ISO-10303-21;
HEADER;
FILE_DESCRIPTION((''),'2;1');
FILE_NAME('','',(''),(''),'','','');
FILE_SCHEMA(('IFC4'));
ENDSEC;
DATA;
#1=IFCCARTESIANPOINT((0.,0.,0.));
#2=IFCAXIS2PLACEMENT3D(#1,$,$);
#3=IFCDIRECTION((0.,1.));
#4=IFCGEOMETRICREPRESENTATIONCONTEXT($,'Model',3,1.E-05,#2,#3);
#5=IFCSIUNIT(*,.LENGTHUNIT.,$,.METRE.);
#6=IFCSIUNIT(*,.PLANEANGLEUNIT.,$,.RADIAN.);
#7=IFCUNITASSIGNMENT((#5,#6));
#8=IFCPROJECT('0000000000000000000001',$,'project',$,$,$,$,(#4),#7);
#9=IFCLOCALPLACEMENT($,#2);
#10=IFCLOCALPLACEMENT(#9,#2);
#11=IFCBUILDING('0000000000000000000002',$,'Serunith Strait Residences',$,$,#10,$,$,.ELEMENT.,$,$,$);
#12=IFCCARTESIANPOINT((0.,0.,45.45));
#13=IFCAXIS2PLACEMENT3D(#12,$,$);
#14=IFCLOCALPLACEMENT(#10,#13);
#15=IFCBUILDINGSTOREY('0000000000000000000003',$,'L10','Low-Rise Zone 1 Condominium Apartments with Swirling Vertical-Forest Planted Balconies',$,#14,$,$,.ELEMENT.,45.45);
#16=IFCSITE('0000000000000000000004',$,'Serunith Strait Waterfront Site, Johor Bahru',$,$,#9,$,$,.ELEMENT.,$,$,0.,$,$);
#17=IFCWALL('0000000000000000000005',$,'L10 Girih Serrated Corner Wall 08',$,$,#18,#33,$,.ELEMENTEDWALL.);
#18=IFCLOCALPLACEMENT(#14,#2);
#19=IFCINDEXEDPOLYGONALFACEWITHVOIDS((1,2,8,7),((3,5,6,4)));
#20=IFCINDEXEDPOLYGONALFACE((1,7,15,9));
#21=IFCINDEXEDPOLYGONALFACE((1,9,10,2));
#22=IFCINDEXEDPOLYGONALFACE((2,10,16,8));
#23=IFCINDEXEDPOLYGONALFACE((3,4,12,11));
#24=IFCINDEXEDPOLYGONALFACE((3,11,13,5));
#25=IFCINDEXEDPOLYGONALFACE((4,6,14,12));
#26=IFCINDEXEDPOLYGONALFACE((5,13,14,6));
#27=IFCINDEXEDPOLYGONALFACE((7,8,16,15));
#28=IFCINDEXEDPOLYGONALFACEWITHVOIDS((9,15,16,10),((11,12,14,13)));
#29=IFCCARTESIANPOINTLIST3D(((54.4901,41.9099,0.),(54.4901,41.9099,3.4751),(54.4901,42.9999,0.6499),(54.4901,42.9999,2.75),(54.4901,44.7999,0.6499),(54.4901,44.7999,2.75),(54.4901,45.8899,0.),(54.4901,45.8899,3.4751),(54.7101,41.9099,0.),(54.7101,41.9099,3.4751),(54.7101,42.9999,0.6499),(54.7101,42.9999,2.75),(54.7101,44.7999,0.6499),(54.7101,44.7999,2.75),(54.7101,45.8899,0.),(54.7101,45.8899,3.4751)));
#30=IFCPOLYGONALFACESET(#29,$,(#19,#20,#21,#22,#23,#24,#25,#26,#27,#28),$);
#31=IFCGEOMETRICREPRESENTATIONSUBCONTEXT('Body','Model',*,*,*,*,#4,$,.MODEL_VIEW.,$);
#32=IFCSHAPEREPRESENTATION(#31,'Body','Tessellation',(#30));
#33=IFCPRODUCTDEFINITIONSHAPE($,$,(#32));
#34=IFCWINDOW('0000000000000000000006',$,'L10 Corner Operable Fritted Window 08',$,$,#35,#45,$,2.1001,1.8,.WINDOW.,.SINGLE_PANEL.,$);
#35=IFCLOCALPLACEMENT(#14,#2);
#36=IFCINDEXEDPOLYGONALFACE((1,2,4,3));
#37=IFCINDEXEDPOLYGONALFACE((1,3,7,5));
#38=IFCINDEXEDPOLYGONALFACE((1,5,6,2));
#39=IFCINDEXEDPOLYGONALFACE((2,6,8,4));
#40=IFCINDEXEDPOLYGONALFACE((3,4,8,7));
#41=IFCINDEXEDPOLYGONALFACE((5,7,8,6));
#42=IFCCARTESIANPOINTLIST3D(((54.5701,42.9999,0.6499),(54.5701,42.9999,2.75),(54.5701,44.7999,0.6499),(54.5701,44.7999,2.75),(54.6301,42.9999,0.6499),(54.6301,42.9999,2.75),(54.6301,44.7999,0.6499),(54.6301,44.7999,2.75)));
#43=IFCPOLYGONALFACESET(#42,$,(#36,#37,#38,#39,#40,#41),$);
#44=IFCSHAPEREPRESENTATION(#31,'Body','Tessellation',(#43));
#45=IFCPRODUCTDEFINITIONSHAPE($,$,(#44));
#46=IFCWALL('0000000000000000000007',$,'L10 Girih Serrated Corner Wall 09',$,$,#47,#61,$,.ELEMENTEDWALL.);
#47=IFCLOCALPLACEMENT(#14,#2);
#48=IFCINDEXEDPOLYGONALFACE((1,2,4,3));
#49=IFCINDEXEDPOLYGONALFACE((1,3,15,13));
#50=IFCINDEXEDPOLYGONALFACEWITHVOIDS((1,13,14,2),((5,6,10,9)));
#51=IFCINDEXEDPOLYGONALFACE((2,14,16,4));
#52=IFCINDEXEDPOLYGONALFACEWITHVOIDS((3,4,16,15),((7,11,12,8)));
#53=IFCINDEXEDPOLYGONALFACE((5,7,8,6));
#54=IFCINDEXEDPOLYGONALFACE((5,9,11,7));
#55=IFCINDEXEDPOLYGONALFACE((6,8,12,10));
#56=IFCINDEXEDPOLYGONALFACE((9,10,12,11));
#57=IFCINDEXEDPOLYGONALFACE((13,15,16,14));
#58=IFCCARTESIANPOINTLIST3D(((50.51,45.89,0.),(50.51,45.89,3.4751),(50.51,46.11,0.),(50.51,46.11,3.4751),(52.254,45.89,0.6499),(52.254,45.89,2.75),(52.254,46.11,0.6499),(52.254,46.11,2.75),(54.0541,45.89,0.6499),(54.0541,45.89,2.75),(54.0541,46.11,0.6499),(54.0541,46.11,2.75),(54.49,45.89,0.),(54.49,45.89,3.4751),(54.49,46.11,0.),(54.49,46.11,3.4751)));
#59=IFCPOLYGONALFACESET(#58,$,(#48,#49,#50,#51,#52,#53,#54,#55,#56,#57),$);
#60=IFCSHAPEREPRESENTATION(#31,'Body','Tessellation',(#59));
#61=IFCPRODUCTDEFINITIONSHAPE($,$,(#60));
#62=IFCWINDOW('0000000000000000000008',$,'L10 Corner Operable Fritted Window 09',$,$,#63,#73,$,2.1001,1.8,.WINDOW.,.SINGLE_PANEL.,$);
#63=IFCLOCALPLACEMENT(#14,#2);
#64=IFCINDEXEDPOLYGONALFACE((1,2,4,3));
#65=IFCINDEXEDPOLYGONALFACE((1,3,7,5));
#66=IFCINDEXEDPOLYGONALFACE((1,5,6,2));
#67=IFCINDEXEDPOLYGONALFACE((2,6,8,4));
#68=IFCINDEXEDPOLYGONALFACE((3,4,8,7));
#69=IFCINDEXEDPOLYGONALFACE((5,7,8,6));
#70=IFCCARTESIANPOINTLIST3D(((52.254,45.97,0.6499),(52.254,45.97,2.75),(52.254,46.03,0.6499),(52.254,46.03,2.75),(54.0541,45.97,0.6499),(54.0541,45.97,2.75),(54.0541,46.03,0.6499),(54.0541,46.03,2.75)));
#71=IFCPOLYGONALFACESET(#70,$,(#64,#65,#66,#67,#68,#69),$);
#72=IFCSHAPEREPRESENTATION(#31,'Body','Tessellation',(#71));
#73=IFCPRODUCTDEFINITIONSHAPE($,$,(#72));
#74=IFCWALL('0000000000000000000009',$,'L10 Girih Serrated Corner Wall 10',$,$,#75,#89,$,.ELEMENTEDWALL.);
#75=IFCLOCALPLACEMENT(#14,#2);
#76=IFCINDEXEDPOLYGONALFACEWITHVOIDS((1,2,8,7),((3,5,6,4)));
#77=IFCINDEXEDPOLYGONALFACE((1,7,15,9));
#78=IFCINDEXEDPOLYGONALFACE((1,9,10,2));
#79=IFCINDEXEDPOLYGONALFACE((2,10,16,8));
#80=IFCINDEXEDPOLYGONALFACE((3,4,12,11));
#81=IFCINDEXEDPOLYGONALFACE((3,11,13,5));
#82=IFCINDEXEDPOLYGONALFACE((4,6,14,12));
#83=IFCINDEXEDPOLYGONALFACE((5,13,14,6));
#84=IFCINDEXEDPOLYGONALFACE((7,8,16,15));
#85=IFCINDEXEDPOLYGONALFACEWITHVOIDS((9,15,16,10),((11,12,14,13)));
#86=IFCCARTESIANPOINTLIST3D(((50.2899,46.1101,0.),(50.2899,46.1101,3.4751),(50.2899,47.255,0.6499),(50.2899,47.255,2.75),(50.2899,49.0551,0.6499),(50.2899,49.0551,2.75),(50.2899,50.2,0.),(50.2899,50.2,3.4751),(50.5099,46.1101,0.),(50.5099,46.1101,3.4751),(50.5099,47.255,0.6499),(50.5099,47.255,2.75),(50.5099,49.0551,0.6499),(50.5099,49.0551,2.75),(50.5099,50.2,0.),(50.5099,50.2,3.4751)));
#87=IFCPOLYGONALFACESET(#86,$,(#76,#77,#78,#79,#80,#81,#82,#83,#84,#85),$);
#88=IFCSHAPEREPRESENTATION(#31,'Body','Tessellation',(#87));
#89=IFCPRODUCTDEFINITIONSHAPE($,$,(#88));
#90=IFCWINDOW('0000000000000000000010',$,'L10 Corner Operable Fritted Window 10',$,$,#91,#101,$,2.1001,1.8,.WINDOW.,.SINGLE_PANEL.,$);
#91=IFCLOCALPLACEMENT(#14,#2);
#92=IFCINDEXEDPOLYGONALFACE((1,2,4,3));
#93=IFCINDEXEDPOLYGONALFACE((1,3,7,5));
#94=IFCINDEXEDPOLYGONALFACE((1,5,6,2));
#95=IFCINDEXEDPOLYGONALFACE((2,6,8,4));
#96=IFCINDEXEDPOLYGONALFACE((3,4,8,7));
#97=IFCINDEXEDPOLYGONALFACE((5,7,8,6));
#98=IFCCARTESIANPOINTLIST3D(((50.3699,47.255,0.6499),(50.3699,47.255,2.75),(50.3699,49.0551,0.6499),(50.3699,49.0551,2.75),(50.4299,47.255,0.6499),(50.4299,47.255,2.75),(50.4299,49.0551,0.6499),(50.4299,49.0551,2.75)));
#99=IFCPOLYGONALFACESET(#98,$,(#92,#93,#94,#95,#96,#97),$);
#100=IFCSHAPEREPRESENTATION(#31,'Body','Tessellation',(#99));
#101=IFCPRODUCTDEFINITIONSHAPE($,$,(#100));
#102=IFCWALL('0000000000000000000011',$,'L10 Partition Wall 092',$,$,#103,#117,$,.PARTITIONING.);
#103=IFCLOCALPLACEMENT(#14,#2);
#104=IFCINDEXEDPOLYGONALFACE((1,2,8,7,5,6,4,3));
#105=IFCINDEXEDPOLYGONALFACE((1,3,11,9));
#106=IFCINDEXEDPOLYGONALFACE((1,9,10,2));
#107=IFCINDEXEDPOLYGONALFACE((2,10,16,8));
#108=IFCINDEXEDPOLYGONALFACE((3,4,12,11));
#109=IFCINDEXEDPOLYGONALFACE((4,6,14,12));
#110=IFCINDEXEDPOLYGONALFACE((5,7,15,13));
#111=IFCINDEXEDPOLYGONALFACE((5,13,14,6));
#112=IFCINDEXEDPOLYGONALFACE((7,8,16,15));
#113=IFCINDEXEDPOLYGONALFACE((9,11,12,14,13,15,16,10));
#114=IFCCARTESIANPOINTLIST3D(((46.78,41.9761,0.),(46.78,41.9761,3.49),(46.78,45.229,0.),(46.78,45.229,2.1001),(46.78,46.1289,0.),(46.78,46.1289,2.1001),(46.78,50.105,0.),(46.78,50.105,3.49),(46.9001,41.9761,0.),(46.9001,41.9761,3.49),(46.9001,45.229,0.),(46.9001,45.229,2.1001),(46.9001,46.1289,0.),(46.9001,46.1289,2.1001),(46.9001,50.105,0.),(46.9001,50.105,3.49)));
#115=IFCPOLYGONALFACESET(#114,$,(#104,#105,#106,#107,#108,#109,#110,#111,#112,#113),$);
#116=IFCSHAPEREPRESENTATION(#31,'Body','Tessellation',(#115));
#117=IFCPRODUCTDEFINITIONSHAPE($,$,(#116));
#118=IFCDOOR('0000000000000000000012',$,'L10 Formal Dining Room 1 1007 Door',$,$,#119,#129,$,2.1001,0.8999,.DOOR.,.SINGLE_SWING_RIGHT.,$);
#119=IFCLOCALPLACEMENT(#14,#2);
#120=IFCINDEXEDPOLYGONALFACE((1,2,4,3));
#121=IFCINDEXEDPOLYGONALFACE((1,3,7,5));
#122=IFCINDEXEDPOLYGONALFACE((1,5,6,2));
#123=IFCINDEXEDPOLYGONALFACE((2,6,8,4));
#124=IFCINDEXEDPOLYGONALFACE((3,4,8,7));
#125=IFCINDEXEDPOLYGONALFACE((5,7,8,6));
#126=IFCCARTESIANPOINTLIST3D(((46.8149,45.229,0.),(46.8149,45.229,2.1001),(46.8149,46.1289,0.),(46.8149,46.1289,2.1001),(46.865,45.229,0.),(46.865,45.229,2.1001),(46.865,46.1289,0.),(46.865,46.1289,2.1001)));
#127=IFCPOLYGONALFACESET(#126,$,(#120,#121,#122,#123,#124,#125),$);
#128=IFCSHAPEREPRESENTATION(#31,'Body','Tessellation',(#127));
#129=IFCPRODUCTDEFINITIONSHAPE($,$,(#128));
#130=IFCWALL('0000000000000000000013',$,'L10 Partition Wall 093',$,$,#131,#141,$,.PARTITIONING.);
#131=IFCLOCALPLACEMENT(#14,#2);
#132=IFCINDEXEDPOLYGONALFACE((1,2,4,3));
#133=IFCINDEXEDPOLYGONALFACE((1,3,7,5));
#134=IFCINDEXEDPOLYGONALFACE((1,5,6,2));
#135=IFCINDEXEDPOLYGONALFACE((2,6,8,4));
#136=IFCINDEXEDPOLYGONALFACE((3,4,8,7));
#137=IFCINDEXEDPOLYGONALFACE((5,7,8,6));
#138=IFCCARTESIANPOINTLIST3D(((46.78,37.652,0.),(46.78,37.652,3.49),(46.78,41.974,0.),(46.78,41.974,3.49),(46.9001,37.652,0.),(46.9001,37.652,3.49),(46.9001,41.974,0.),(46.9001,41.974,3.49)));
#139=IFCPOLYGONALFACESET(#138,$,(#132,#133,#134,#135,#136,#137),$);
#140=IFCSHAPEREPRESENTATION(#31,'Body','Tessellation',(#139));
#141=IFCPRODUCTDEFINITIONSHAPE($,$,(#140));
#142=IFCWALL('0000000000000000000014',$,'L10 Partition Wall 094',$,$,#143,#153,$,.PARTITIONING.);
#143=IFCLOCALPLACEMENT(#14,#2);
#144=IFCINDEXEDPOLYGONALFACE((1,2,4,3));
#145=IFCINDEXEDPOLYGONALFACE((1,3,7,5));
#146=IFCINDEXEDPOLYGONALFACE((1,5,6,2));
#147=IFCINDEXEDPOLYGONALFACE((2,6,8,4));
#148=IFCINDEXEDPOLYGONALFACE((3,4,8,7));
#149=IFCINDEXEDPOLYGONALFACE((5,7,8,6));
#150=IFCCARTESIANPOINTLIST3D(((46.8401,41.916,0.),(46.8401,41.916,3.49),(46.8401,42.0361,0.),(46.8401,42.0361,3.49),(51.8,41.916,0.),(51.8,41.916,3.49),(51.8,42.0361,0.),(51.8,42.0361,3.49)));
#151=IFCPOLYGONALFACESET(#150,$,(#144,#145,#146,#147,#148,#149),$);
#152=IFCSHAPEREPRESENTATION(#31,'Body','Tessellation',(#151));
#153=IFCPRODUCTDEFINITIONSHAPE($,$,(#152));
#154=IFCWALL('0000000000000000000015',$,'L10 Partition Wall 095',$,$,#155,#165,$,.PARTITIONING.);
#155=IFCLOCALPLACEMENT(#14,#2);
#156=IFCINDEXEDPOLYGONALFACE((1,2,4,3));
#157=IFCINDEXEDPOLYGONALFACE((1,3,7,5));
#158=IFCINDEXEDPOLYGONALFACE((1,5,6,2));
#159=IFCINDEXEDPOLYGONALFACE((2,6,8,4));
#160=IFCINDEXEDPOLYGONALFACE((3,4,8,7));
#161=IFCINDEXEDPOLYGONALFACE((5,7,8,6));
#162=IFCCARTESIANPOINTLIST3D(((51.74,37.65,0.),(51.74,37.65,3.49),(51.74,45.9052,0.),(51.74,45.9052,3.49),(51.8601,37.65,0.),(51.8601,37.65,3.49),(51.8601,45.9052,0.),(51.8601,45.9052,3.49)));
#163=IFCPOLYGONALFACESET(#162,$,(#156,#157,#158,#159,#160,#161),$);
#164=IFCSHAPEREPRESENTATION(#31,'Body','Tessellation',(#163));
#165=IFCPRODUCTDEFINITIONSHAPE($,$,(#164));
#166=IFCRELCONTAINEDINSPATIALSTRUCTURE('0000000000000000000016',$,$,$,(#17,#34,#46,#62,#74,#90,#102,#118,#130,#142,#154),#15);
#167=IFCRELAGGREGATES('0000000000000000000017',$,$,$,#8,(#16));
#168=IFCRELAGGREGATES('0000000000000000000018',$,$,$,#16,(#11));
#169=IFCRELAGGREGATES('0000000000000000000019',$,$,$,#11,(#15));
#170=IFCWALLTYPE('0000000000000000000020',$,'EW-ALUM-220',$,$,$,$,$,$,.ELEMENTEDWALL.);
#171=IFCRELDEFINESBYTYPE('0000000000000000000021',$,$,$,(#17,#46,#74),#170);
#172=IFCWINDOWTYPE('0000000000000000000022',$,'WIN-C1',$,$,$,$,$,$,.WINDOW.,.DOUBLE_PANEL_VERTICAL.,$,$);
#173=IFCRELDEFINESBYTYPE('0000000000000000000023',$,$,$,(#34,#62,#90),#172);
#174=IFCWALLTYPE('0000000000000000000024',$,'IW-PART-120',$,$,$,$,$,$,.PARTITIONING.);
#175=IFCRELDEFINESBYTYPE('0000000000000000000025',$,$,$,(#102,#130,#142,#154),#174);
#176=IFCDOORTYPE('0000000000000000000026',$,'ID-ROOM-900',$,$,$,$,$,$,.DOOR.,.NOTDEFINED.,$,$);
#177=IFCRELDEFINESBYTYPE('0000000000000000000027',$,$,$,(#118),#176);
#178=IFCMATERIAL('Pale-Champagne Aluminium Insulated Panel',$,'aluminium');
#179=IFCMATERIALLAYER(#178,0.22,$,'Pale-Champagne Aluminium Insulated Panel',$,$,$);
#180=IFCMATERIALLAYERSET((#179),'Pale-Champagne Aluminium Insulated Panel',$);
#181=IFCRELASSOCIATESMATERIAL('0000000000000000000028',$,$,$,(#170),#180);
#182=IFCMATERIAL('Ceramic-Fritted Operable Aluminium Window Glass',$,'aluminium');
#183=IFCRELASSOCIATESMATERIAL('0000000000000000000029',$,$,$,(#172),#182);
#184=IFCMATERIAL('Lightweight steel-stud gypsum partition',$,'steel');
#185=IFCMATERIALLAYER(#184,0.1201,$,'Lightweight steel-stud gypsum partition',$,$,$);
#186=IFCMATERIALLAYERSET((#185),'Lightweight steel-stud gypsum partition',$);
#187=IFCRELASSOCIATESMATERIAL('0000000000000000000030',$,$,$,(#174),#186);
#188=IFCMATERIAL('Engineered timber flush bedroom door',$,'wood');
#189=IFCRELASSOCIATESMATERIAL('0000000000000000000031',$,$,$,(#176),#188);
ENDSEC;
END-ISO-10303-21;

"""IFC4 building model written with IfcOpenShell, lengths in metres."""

from ifc_helpers import new_model, si_unit, direction, frame, frame_2d, origin, place, context, subcontext, project, spatial, rectangle, extrude, source, transform, mapped, material, layer, layer_set, type_object, element, fill, save


model = new_model("IFC4")

# Units and contexts
model_context = context("Model", 3, precision=1e-05, world=origin(), true_north=direction((0.0, 1.0)))
body_context = subcontext(model_context, "Body", "Model", "MODEL_VIEW")
ifc_project = project(units=[si_unit("LENGTHUNIT", "METRE"), si_unit("PLANEANGLEUNIT", "RADIAN")], contexts=[model_context])

# Site, building, storey
site_placement = place(None, origin())
site = spatial("IfcSite", under=ifc_project, at=site_placement, Name="Serunith Strait Waterfront Site, Johor Bahru", CompositionType="ELEMENT", RefElevation=0.0)
building_placement = place(site_placement, origin())
building = spatial("IfcBuilding", under=site, at=building_placement, Name="Serunith Strait Residences", CompositionType="ELEMENT")
storey_placement = place(building_placement, frame((0.0, 0.0, 45.45)))
storey = spatial("IfcBuildingStorey", under=building, at=storey_placement, Name="L10", Description="Low-Rise Zone 1 Condominium Apartments with Swirling Vertical-Forest Planted Balconies", CompositionType="ELEMENT", Elevation=45.45)

# Walls, openings, windows
ifc_material_1 = material(Name="Pale-Champagne Aluminium Insulated Panel", Category="aluminium")
ifc_layer_1 = layer(ifc_material_1, 0.22, Name="Pale-Champagne Aluminium Insulated Panel")
ifc_layer_set_1 = layer_set([ifc_layer_1], Name="Pale-Champagne Aluminium Insulated Panel")
wall_type_1 = type_object("IfcWallType", Name="EW-ALUM-220", PredefinedType="ELEMENTEDWALL", material=ifc_layer_set_1)
ifc_material_2 = material(Name="Ceramic-Fritted Operable Aluminium Window Glass", Category="aluminium")
window_type = type_object("IfcWindowType", Name="WIN-C1", PartitioningType="DOUBLE_PANEL_VERTICAL", PredefinedType="WINDOW", material=ifc_material_2)
shared_shape_1 = source(origin(), body_context, "Body", "SweptSolid", [
    extrude(rectangle(XDim=1.8, YDim=2.1001, at=frame_2d((0.8999, 1.05))), frame((0.0, 0.03, 0.0), z_axis=(0.0, -1.0, 0.0), x_axis=(1.0, 0.0, 0.0)), (0.0, 0.0, 1.0), 0.0601),
])
wall_1_placement = place(storey_placement, frame((54.6001, 41.9099, 0.0), z_axis=(0.0, 0.0, 1.0), x_axis=(0.0, 1.0, 0.0)))
wall_1 = element("IfcWall", 1, at=wall_1_placement, inside=storey, type_object=wall_type_1, Name="L10 Girih Serrated Corner Wall 08", PredefinedType="ELEMENTEDWALL", context=body_context, shape_type="SweptSolid", body=[
    extrude(rectangle(XDim=3.98, YDim=0.22, at=frame_2d((1.99, 0.0))), origin(), (0.0, 0.0, 1.0), 3.4751),
])
opening_1_placement = place(wall_1_placement, frame((1.0901, 0.0, 0.6499)))
opening_1 = element("IfcOpeningElement", 2, at=opening_1_placement, cuts=wall_1, PredefinedType="OPENING", context=body_context, shape_type="SweptSolid", body=[
    extrude(rectangle(XDim=1.8, YDim=2.1001, at=frame_2d((0.8999, 1.05))), frame((0.0, 0.1201, 0.0), z_axis=(0.0, -1.0, 0.0), x_axis=(1.0, 0.0, 0.0)), (0.0, 0.0, 1.0), 0.24),
])
window_1_placement = place(opening_1_placement, origin())
window_1 = element("IfcWindow", 3, at=window_1_placement, inside=storey, type_object=window_type, Name="L10 Corner Operable Fritted Window 08", OverallHeight=2.1001, OverallWidth=1.8, PartitioningType="SINGLE_PANEL", PredefinedType="WINDOW", context=body_context, shape_type="MappedRepresentation", body=[
    mapped(shared_shape_1, transform((0.0, 0.0, 0.0), scale=1.0)),
])
fill(opening_1, window_1)
wall_2_placement = place(storey_placement, frame((54.49, 46.0, 0.0), z_axis=(0.0, 0.0, 1.0), x_axis=(-1.0, 0.0, 0.0)))
wall_2 = element("IfcWall", 4, at=wall_2_placement, inside=storey, type_object=wall_type_1, Name="L10 Girih Serrated Corner Wall 09", PredefinedType="ELEMENTEDWALL", context=body_context, shape_type="SweptSolid", body=[
    extrude(rectangle(XDim=3.98, YDim=0.22, at=frame_2d((1.99, 0.0))), origin(), (0.0, 0.0, 1.0), 3.4751),
])
opening_2_placement = place(wall_2_placement, frame((0.436, 0.0, 0.6499)))
opening_2 = element("IfcOpeningElement", 5, at=opening_2_placement, cuts=wall_2, PredefinedType="OPENING", context=body_context, shape_type="SweptSolid", body=[
    extrude(rectangle(XDim=1.8, YDim=2.1001, at=frame_2d((0.8999, 1.05))), frame((0.0, 0.1201, 0.0), z_axis=(0.0, -1.0, 0.0), x_axis=(1.0, 0.0, 0.0)), (0.0, 0.0, 1.0), 0.24),
])
window_2_placement = place(opening_2_placement, origin())
window_2 = element("IfcWindow", 6, at=window_2_placement, inside=storey, type_object=window_type, Name="L10 Corner Operable Fritted Window 09", OverallHeight=2.1001, OverallWidth=1.8, PartitioningType="SINGLE_PANEL", PredefinedType="WINDOW", context=body_context, shape_type="MappedRepresentation", body=[
    mapped(shared_shape_1, transform((0.0, 0.0, 0.0), scale=1.0)),
])
fill(opening_2, window_2)
wall_3_placement = place(storey_placement, frame((50.3999, 46.1101, 0.0), z_axis=(0.0, 0.0, 1.0), x_axis=(0.0, 1.0, 0.0)))
wall_3 = element("IfcWall", 7, at=wall_3_placement, inside=storey, type_object=wall_type_1, Name="L10 Girih Serrated Corner Wall 10", PredefinedType="ELEMENTEDWALL", context=body_context, shape_type="SweptSolid", body=[
    extrude(rectangle(XDim=4.0898, YDim=0.22, at=frame_2d((2.0449, 0.0))), origin(), (0.0, 0.0, 1.0), 3.4751),
])
opening_3_placement = place(wall_3_placement, frame((1.145, 0.0, 0.6499)))
opening_3 = element("IfcOpeningElement", 8, at=opening_3_placement, cuts=wall_3, PredefinedType="OPENING", context=body_context, shape_type="SweptSolid", body=[
    extrude(rectangle(XDim=1.8, YDim=2.1001, at=frame_2d((0.8999, 1.05))), frame((0.0, 0.1201, 0.0), z_axis=(0.0, -1.0, 0.0), x_axis=(1.0, 0.0, 0.0)), (0.0, 0.0, 1.0), 0.24),
])
window_3_placement = place(opening_3_placement, origin())
window_3 = element("IfcWindow", 9, at=window_3_placement, inside=storey, type_object=window_type, Name="L10 Corner Operable Fritted Window 10", OverallHeight=2.1001, OverallWidth=1.8, PartitioningType="SINGLE_PANEL", PredefinedType="WINDOW", context=body_context, shape_type="MappedRepresentation", body=[
    mapped(shared_shape_1, transform((0.0, 0.0, 0.0), scale=1.0)),
])
fill(opening_3, window_3)

# Wall, opening, door
ifc_material_3 = material(Name="Lightweight steel-stud gypsum partition", Category="steel")
ifc_layer_2 = layer(ifc_material_3, 0.1201, Name="Lightweight steel-stud gypsum partition")
ifc_layer_set_2 = layer_set([ifc_layer_2], Name="Lightweight steel-stud gypsum partition")
wall_type_2 = type_object("IfcWallType", Name="IW-PART-120", PredefinedType="PARTITIONING", material=ifc_layer_set_2)
wall_4_placement = place(storey_placement, frame((46.8401, 50.105, 0.0), z_axis=(0.0, 0.0, 1.0), x_axis=(0.0, -1.0, 0.0)))
wall_4 = element("IfcWall", 10, at=wall_4_placement, inside=storey, type_object=wall_type_2, Name="L10 Partition Wall 092", PredefinedType="PARTITIONING", context=body_context, shape_type="SweptSolid", body=[
    extrude(rectangle(XDim=8.1289, YDim=0.1201, at=frame_2d((4.0645, 0.0))), origin(), (0.0, 0.0, 1.0), 3.49),
])
opening_4_placement = place(wall_4_placement, frame((3.9761, 0.0, 0.0)))
opening_4 = element("IfcOpeningElement", 11, at=opening_4_placement, cuts=wall_4, PredefinedType="OPENING", context=body_context, shape_type="SweptSolid", body=[
    extrude(rectangle(XDim=0.8999, YDim=2.1001, at=frame_2d((0.45, 1.05))), frame((0.0, 0.0701, 0.0), z_axis=(0.0, -1.0, 0.0), x_axis=(1.0, 0.0, 0.0)), (0.0, 0.0, 1.0), 0.1401),
])
ifc_material_4 = material(Name="Engineered timber flush bedroom door", Category="wood")
door_type_1 = type_object("IfcDoorType", Name="ID-ROOM-900", OperationType="NOTDEFINED", PredefinedType="DOOR", material=ifc_material_4)
shared_shape_2 = source(origin(), body_context, "Body", "SweptSolid", [
    extrude(rectangle(XDim=0.8999, YDim=2.1001, at=frame_2d((0.45, 1.05))), frame((0.0, 0.0249, 0.0), z_axis=(0.0, -1.0, 0.0), x_axis=(1.0, 0.0, 0.0)), (0.0, 0.0, 1.0), 0.05),
])
door_1_placement = place(opening_4_placement, origin())
door_1 = element("IfcDoor", 12, at=door_1_placement, inside=storey, type_object=door_type_1, Name="L10 Formal Dining Room 1 1007 Door", OperationType="SINGLE_SWING_RIGHT", OverallHeight=2.1001, OverallWidth=0.8999, PredefinedType="DOOR", context=body_context, shape_type="MappedRepresentation", body=[
    mapped(shared_shape_2, transform((0.0, 0.0, 0.0), scale=1.0)),
])
fill(opening_4, door_1)

# Walls
wall_5_placement = place(storey_placement, frame((46.8401, 41.9741, 0.0), z_axis=(0.0, 0.0, 1.0), x_axis=(0.0, -1.0, 0.0)))
element("IfcWall", 13, at=wall_5_placement, inside=storey, type_object=wall_type_2, Name="L10 Partition Wall 093", PredefinedType="PARTITIONING", context=body_context, shape_type="SweptSolid", body=[
    extrude(rectangle(XDim=4.322, YDim=0.1201, at=frame_2d((2.1611, 0.0))), origin(), (0.0, 0.0, 1.0), 3.49),
])
wall_6_placement = place(storey_placement, frame((46.8401, 41.9761, 0.0), z_axis=(0.0, 0.0, 1.0), x_axis=(1.0, 0.0, 0.0)))
element("IfcWall", 14, at=wall_6_placement, inside=storey, type_object=wall_type_2, Name="L10 Partition Wall 094", PredefinedType="PARTITIONING", context=body_context, shape_type="SweptSolid", body=[
    extrude(rectangle(XDim=4.96, YDim=0.1201, at=frame_2d((2.48, 0.0))), origin(), (0.0, 0.0, 1.0), 3.49),
])
wall_7_placement = place(storey_placement, frame((51.8, 45.905, 0.0), z_axis=(0.0, 0.0, 1.0), x_axis=(0.0, -1.0, 0.0)))
element("IfcWall", 15, at=wall_7_placement, inside=storey, type_object=wall_type_2, Name="L10 Partition Wall 095", PredefinedType="PARTITIONING", context=body_context, shape_type="SweptSolid", body=[
    extrude(rectangle(XDim=8.2551, YDim=0.1201, at=frame_2d((4.1274, 0.0))), origin(), (0.0, 0.0, 1.0), 3.49),
])

save(model, "model.ifc")
